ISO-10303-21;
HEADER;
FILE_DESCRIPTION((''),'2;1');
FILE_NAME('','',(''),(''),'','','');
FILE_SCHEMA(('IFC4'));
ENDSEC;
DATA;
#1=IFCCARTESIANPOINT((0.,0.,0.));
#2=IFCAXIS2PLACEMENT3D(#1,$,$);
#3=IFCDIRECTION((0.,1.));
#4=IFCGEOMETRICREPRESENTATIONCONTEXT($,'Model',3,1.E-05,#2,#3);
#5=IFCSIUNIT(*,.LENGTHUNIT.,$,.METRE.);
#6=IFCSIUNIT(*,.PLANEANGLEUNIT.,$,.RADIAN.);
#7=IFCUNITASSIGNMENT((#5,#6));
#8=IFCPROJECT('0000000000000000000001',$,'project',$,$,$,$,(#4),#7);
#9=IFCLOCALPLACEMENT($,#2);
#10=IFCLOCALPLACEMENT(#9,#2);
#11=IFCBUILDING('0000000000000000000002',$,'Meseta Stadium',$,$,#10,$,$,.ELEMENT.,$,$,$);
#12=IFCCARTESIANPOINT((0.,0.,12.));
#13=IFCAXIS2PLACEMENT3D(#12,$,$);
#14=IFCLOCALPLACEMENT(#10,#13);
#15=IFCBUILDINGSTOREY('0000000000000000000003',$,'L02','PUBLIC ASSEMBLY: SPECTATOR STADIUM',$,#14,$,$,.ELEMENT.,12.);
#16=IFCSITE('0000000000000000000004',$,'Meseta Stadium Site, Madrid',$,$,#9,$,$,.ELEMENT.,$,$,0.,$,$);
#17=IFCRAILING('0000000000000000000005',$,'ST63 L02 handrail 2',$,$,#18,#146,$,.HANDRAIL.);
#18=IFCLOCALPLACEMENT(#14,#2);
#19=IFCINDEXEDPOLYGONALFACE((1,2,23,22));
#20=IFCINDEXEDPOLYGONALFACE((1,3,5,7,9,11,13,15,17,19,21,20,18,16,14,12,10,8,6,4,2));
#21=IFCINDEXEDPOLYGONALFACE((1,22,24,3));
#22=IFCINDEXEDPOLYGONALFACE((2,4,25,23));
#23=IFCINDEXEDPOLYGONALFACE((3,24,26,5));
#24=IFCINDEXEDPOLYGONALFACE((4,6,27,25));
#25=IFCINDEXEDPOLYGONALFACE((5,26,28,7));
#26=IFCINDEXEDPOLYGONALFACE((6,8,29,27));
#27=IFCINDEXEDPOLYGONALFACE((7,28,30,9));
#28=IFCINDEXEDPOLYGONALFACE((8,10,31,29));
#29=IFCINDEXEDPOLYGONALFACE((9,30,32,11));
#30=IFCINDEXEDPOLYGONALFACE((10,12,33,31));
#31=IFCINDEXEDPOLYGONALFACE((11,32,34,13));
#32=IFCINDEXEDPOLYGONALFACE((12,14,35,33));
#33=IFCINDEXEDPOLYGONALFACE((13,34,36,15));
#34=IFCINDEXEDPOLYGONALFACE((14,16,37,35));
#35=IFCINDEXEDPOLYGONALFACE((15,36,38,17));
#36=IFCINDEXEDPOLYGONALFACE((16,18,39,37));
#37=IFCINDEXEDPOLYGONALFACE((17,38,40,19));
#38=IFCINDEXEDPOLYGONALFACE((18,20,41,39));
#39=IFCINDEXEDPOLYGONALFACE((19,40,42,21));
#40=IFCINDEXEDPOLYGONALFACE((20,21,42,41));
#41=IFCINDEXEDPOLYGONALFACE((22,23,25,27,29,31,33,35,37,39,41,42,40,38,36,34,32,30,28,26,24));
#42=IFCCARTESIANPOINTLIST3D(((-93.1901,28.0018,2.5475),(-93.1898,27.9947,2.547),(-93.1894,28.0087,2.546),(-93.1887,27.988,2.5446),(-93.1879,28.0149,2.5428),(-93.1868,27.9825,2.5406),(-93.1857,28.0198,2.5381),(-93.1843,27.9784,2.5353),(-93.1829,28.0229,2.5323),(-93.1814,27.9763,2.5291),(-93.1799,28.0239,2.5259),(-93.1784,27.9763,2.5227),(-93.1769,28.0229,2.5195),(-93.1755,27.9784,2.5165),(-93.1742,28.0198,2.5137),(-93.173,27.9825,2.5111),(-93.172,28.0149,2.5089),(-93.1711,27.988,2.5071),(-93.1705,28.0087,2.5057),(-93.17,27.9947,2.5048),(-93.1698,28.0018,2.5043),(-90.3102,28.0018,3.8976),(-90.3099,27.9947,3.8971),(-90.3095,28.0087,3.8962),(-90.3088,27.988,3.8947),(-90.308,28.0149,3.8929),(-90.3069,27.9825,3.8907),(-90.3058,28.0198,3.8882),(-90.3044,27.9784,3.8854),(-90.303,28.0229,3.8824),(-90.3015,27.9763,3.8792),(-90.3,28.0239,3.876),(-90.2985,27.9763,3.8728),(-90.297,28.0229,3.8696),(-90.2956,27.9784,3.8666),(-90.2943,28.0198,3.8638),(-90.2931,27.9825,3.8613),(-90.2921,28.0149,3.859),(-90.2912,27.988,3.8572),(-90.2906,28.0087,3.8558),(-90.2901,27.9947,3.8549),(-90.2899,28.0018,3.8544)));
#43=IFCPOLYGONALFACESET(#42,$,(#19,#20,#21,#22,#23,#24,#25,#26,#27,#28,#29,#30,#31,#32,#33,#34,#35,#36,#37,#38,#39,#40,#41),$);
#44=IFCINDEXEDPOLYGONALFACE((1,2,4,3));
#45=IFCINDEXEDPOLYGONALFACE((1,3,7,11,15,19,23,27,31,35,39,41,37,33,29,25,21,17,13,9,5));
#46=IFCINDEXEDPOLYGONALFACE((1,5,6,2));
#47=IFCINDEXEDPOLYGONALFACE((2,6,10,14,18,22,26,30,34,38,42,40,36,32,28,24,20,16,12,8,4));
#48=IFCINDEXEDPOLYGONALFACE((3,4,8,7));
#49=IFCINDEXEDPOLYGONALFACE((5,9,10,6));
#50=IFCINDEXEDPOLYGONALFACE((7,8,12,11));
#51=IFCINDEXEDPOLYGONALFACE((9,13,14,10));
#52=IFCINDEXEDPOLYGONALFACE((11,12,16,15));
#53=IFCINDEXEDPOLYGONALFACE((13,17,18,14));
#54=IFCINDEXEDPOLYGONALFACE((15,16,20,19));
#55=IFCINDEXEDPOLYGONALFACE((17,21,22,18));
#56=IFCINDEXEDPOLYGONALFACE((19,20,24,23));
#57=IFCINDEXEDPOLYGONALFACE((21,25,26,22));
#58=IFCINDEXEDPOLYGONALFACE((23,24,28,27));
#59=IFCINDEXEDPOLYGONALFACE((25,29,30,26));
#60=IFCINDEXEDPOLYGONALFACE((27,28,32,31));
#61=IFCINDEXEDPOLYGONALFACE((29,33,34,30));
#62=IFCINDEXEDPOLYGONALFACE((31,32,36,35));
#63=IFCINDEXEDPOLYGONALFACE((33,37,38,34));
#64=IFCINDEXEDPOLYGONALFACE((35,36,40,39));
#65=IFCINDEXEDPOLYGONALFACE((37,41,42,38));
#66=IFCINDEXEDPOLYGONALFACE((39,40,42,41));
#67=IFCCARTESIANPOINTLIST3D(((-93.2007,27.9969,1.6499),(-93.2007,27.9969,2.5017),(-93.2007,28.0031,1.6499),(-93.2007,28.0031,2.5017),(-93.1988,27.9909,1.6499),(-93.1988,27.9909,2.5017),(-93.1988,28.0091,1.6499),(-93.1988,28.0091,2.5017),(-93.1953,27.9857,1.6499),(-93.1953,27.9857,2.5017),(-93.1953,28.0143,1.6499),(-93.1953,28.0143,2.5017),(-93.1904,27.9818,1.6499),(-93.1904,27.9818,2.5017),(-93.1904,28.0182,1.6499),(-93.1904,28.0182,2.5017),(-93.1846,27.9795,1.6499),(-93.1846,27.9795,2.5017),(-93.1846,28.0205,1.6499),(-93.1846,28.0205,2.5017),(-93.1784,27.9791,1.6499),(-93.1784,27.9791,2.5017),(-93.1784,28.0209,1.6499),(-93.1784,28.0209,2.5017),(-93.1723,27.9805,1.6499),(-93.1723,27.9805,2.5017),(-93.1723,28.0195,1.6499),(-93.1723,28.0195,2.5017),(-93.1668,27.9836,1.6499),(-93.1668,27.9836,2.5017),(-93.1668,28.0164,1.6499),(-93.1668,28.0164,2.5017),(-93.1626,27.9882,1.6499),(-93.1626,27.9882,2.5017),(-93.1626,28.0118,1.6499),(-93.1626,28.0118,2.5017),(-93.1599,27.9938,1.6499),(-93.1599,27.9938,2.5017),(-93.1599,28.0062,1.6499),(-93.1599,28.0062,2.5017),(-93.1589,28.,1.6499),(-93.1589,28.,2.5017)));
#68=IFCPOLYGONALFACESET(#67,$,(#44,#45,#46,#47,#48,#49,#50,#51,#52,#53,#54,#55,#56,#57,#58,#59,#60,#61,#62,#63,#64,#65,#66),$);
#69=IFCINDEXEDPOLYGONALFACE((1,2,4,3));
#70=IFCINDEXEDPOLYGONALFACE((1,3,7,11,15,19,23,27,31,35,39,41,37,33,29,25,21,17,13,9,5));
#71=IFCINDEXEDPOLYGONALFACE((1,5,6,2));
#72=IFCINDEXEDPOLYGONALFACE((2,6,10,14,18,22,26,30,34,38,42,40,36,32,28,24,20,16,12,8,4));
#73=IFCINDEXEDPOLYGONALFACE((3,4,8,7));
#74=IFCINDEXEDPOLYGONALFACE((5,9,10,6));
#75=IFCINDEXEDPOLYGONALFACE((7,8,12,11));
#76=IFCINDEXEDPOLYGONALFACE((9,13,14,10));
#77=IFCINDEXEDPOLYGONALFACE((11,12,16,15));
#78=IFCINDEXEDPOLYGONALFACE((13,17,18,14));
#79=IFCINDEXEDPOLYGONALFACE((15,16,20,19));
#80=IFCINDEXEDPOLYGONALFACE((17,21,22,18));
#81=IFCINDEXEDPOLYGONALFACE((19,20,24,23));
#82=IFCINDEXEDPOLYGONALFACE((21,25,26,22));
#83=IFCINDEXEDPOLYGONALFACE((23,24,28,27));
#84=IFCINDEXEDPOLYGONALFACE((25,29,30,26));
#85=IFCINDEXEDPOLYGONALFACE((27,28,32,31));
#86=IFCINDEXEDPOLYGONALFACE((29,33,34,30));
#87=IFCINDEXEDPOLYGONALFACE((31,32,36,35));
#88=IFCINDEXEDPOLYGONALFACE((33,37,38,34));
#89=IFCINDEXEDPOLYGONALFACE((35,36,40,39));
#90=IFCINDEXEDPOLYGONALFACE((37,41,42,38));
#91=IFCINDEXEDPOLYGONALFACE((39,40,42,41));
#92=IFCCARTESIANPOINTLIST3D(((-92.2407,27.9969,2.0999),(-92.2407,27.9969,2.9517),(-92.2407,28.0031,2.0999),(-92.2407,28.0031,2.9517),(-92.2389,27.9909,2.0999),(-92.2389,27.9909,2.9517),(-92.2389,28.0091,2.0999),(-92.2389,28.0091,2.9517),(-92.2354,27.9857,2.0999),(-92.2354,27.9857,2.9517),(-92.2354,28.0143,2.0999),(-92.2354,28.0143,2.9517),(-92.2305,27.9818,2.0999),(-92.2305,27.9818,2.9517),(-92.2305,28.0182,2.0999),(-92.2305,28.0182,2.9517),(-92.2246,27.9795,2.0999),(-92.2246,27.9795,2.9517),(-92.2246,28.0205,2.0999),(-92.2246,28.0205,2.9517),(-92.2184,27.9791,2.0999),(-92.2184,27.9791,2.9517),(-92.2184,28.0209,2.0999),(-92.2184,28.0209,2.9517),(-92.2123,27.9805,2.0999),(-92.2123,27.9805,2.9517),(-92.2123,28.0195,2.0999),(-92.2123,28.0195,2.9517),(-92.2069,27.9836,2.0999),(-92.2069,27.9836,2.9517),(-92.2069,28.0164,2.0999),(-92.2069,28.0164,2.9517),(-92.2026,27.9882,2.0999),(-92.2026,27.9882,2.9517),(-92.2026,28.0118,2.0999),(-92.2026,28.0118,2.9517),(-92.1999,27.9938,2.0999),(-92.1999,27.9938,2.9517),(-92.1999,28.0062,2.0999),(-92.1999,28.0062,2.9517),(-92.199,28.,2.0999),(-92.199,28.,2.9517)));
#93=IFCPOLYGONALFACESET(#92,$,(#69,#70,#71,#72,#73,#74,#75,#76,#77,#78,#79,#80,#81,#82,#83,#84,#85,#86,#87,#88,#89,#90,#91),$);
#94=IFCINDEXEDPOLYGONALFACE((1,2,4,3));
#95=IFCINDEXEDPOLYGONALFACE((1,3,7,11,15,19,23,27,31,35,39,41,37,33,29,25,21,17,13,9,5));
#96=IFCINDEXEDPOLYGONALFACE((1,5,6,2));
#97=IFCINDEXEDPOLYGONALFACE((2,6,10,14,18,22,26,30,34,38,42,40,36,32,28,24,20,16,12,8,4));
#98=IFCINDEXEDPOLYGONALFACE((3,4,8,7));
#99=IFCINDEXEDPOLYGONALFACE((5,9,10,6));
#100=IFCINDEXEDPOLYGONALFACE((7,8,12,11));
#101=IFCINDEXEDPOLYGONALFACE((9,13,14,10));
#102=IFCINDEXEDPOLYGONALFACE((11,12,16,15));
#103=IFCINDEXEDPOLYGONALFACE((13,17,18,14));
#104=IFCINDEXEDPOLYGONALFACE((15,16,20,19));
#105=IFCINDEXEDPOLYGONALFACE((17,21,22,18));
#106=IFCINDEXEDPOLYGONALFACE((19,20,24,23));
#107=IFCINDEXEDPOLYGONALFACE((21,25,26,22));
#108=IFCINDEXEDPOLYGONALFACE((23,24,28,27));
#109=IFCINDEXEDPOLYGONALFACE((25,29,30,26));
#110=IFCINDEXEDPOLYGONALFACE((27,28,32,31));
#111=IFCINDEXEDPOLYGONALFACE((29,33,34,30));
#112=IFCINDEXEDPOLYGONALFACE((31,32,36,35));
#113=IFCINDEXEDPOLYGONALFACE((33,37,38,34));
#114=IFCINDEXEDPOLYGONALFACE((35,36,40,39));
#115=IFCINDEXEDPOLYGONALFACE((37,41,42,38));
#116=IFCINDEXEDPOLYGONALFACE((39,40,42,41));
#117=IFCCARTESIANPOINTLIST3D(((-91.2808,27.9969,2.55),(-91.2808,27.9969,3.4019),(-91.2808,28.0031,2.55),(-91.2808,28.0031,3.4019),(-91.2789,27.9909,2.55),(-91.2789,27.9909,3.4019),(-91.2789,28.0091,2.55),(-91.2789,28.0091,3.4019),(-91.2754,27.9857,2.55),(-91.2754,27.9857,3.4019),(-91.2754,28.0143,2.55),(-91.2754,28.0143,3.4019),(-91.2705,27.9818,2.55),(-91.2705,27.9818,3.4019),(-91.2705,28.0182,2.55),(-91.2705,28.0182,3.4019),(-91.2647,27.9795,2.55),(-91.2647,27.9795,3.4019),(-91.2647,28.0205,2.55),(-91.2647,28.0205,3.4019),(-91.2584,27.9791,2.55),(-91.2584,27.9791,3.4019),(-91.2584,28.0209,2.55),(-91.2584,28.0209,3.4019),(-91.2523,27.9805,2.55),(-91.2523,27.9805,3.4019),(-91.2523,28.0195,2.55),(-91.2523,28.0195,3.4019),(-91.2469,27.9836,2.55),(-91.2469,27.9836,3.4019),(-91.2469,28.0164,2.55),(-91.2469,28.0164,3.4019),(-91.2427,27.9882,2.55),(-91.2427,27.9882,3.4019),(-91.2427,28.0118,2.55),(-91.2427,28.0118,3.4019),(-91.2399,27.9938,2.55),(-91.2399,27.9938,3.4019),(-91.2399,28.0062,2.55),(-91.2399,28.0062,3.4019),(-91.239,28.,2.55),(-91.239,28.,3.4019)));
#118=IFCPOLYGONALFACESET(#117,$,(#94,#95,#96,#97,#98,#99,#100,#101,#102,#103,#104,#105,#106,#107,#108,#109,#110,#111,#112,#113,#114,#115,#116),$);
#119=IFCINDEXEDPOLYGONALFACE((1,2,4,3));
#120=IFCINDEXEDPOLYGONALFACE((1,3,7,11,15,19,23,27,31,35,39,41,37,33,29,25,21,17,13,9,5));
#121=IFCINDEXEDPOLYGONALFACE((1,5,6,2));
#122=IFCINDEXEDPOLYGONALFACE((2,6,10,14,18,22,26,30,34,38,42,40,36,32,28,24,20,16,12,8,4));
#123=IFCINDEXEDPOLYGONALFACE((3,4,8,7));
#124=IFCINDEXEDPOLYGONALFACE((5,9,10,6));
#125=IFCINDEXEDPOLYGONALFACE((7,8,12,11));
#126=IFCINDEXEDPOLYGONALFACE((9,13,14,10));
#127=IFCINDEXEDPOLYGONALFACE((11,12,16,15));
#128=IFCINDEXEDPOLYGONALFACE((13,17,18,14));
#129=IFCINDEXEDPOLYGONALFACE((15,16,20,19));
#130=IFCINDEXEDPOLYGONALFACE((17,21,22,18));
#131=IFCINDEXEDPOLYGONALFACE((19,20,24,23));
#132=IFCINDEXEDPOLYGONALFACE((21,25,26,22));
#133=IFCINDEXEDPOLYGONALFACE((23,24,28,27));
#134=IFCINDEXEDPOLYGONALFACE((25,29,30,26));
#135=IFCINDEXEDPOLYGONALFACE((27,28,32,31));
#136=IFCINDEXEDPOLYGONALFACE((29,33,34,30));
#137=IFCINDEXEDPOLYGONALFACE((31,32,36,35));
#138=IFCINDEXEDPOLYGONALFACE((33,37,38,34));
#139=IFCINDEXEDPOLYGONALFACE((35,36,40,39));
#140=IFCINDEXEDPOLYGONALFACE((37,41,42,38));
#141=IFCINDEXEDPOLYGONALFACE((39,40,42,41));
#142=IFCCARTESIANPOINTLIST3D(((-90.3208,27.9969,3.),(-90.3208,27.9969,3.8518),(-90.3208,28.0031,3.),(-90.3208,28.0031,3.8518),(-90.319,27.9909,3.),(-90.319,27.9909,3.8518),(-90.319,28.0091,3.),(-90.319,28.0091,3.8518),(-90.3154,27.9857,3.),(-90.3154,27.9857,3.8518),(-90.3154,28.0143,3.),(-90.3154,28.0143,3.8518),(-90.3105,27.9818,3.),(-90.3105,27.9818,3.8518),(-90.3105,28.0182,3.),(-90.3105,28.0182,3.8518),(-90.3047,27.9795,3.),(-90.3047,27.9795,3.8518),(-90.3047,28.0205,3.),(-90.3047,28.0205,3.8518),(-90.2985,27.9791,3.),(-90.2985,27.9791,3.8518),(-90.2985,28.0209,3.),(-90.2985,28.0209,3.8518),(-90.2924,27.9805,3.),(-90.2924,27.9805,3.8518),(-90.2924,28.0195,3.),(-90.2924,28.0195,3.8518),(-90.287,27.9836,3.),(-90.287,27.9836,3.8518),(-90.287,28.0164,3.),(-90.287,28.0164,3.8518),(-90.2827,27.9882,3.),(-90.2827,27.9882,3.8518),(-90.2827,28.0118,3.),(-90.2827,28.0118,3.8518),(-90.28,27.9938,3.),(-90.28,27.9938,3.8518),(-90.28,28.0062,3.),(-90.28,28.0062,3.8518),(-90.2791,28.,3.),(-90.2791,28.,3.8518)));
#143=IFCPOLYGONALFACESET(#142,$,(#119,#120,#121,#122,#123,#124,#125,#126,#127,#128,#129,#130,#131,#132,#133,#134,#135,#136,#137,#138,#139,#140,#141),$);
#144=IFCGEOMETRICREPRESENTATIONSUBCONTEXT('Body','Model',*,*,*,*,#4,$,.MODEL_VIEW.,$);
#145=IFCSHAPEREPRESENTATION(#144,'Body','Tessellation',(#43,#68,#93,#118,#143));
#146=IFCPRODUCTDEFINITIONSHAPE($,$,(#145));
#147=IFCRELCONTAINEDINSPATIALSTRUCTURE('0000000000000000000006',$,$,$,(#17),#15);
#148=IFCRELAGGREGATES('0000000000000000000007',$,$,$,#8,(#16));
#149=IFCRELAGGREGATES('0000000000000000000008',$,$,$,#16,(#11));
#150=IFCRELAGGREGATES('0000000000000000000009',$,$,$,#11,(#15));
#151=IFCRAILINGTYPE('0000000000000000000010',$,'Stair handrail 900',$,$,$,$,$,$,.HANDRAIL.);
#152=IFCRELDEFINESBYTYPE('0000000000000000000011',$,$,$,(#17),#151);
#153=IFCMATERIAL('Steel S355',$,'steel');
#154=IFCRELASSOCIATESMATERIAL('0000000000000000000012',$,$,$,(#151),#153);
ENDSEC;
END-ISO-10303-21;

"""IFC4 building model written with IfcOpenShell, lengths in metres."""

from ifc_helpers import new_model, si_unit, direction, frame, origin, origin_2d, place, context, subcontext, project, spatial, circle, extrude, material, type_object, element, save


model = new_model("IFC4")

# Units and contexts
model_context = context("Model", 3, precision=1e-05, world=origin(), true_north=direction((0.0, 1.0)))
body_context = subcontext(model_context, "Body", "Model", "MODEL_VIEW")
ifc_project = project(units=[si_unit("LENGTHUNIT", "METRE"), si_unit("PLANEANGLEUNIT", "RADIAN")], contexts=[model_context])

# Site, building, storey
site_placement = place(None, origin())
site = spatial("IfcSite", under=ifc_project, at=site_placement, Name="Meseta Stadium Site, Madrid", CompositionType="ELEMENT", RefElevation=0.0)
building_placement = place(site_placement, origin())
building = spatial("IfcBuilding", under=site, at=building_placement, Name="Meseta Stadium", CompositionType="ELEMENT")
storey_placement = place(building_placement, frame((0.0, 0.0, 12.0)))
storey = spatial("IfcBuildingStorey", under=building, at=storey_placement, Name="L02", Description="PUBLIC ASSEMBLY: SPECTATOR STADIUM", CompositionType="ELEMENT", Elevation=12.0)

# Railing
ifc_material_1 = material(Name="Steel S355", Category="steel")
railing_type_1 = type_object("IfcRailingType", Name="Stair handrail 900", PredefinedType="HANDRAIL", material=ifc_material_1)
for number, where, name in (
    (1, (-93.1799, 28.0, 1.6499), "ST63 L02 handrail 2"),
):
    element("IfcRailing", number, at=place(storey_placement, frame(where)), inside=storey, type_object=railing_type_1, Name=name, PredefinedType="HANDRAIL", context=body_context, shape_type="SweptSolid", body=[
        extrude(circle(Radius=0.0239, at=origin_2d()), frame((0.0, 0.0, 0.876), z_axis=(0.90544, 0.0, 0.424473), x_axis=(0.0, 1.0, 0.0)), (0.0, 0.0, 1.0), 3.1807),
        extrude(circle(Radius=0.021, at=origin_2d()), origin(), (0.0, 0.0, 1.0), 0.8518),
        extrude(circle(Radius=0.021, at=origin_2d()), frame((0.96, 0.0, 0.45)), (0.0, 0.0, 1.0), 0.8518),
        extrude(circle(Radius=0.021, at=origin_2d()), frame((1.9199, 0.0, 0.9001)), (0.0, 0.0, 1.0), 0.8518),
        extrude(circle(Radius=0.021, at=origin_2d()), frame((2.8799, 0.0, 1.3501)), (0.0, 0.0, 1.0), 0.8518),
    ])

save(model, "model.ifc")
